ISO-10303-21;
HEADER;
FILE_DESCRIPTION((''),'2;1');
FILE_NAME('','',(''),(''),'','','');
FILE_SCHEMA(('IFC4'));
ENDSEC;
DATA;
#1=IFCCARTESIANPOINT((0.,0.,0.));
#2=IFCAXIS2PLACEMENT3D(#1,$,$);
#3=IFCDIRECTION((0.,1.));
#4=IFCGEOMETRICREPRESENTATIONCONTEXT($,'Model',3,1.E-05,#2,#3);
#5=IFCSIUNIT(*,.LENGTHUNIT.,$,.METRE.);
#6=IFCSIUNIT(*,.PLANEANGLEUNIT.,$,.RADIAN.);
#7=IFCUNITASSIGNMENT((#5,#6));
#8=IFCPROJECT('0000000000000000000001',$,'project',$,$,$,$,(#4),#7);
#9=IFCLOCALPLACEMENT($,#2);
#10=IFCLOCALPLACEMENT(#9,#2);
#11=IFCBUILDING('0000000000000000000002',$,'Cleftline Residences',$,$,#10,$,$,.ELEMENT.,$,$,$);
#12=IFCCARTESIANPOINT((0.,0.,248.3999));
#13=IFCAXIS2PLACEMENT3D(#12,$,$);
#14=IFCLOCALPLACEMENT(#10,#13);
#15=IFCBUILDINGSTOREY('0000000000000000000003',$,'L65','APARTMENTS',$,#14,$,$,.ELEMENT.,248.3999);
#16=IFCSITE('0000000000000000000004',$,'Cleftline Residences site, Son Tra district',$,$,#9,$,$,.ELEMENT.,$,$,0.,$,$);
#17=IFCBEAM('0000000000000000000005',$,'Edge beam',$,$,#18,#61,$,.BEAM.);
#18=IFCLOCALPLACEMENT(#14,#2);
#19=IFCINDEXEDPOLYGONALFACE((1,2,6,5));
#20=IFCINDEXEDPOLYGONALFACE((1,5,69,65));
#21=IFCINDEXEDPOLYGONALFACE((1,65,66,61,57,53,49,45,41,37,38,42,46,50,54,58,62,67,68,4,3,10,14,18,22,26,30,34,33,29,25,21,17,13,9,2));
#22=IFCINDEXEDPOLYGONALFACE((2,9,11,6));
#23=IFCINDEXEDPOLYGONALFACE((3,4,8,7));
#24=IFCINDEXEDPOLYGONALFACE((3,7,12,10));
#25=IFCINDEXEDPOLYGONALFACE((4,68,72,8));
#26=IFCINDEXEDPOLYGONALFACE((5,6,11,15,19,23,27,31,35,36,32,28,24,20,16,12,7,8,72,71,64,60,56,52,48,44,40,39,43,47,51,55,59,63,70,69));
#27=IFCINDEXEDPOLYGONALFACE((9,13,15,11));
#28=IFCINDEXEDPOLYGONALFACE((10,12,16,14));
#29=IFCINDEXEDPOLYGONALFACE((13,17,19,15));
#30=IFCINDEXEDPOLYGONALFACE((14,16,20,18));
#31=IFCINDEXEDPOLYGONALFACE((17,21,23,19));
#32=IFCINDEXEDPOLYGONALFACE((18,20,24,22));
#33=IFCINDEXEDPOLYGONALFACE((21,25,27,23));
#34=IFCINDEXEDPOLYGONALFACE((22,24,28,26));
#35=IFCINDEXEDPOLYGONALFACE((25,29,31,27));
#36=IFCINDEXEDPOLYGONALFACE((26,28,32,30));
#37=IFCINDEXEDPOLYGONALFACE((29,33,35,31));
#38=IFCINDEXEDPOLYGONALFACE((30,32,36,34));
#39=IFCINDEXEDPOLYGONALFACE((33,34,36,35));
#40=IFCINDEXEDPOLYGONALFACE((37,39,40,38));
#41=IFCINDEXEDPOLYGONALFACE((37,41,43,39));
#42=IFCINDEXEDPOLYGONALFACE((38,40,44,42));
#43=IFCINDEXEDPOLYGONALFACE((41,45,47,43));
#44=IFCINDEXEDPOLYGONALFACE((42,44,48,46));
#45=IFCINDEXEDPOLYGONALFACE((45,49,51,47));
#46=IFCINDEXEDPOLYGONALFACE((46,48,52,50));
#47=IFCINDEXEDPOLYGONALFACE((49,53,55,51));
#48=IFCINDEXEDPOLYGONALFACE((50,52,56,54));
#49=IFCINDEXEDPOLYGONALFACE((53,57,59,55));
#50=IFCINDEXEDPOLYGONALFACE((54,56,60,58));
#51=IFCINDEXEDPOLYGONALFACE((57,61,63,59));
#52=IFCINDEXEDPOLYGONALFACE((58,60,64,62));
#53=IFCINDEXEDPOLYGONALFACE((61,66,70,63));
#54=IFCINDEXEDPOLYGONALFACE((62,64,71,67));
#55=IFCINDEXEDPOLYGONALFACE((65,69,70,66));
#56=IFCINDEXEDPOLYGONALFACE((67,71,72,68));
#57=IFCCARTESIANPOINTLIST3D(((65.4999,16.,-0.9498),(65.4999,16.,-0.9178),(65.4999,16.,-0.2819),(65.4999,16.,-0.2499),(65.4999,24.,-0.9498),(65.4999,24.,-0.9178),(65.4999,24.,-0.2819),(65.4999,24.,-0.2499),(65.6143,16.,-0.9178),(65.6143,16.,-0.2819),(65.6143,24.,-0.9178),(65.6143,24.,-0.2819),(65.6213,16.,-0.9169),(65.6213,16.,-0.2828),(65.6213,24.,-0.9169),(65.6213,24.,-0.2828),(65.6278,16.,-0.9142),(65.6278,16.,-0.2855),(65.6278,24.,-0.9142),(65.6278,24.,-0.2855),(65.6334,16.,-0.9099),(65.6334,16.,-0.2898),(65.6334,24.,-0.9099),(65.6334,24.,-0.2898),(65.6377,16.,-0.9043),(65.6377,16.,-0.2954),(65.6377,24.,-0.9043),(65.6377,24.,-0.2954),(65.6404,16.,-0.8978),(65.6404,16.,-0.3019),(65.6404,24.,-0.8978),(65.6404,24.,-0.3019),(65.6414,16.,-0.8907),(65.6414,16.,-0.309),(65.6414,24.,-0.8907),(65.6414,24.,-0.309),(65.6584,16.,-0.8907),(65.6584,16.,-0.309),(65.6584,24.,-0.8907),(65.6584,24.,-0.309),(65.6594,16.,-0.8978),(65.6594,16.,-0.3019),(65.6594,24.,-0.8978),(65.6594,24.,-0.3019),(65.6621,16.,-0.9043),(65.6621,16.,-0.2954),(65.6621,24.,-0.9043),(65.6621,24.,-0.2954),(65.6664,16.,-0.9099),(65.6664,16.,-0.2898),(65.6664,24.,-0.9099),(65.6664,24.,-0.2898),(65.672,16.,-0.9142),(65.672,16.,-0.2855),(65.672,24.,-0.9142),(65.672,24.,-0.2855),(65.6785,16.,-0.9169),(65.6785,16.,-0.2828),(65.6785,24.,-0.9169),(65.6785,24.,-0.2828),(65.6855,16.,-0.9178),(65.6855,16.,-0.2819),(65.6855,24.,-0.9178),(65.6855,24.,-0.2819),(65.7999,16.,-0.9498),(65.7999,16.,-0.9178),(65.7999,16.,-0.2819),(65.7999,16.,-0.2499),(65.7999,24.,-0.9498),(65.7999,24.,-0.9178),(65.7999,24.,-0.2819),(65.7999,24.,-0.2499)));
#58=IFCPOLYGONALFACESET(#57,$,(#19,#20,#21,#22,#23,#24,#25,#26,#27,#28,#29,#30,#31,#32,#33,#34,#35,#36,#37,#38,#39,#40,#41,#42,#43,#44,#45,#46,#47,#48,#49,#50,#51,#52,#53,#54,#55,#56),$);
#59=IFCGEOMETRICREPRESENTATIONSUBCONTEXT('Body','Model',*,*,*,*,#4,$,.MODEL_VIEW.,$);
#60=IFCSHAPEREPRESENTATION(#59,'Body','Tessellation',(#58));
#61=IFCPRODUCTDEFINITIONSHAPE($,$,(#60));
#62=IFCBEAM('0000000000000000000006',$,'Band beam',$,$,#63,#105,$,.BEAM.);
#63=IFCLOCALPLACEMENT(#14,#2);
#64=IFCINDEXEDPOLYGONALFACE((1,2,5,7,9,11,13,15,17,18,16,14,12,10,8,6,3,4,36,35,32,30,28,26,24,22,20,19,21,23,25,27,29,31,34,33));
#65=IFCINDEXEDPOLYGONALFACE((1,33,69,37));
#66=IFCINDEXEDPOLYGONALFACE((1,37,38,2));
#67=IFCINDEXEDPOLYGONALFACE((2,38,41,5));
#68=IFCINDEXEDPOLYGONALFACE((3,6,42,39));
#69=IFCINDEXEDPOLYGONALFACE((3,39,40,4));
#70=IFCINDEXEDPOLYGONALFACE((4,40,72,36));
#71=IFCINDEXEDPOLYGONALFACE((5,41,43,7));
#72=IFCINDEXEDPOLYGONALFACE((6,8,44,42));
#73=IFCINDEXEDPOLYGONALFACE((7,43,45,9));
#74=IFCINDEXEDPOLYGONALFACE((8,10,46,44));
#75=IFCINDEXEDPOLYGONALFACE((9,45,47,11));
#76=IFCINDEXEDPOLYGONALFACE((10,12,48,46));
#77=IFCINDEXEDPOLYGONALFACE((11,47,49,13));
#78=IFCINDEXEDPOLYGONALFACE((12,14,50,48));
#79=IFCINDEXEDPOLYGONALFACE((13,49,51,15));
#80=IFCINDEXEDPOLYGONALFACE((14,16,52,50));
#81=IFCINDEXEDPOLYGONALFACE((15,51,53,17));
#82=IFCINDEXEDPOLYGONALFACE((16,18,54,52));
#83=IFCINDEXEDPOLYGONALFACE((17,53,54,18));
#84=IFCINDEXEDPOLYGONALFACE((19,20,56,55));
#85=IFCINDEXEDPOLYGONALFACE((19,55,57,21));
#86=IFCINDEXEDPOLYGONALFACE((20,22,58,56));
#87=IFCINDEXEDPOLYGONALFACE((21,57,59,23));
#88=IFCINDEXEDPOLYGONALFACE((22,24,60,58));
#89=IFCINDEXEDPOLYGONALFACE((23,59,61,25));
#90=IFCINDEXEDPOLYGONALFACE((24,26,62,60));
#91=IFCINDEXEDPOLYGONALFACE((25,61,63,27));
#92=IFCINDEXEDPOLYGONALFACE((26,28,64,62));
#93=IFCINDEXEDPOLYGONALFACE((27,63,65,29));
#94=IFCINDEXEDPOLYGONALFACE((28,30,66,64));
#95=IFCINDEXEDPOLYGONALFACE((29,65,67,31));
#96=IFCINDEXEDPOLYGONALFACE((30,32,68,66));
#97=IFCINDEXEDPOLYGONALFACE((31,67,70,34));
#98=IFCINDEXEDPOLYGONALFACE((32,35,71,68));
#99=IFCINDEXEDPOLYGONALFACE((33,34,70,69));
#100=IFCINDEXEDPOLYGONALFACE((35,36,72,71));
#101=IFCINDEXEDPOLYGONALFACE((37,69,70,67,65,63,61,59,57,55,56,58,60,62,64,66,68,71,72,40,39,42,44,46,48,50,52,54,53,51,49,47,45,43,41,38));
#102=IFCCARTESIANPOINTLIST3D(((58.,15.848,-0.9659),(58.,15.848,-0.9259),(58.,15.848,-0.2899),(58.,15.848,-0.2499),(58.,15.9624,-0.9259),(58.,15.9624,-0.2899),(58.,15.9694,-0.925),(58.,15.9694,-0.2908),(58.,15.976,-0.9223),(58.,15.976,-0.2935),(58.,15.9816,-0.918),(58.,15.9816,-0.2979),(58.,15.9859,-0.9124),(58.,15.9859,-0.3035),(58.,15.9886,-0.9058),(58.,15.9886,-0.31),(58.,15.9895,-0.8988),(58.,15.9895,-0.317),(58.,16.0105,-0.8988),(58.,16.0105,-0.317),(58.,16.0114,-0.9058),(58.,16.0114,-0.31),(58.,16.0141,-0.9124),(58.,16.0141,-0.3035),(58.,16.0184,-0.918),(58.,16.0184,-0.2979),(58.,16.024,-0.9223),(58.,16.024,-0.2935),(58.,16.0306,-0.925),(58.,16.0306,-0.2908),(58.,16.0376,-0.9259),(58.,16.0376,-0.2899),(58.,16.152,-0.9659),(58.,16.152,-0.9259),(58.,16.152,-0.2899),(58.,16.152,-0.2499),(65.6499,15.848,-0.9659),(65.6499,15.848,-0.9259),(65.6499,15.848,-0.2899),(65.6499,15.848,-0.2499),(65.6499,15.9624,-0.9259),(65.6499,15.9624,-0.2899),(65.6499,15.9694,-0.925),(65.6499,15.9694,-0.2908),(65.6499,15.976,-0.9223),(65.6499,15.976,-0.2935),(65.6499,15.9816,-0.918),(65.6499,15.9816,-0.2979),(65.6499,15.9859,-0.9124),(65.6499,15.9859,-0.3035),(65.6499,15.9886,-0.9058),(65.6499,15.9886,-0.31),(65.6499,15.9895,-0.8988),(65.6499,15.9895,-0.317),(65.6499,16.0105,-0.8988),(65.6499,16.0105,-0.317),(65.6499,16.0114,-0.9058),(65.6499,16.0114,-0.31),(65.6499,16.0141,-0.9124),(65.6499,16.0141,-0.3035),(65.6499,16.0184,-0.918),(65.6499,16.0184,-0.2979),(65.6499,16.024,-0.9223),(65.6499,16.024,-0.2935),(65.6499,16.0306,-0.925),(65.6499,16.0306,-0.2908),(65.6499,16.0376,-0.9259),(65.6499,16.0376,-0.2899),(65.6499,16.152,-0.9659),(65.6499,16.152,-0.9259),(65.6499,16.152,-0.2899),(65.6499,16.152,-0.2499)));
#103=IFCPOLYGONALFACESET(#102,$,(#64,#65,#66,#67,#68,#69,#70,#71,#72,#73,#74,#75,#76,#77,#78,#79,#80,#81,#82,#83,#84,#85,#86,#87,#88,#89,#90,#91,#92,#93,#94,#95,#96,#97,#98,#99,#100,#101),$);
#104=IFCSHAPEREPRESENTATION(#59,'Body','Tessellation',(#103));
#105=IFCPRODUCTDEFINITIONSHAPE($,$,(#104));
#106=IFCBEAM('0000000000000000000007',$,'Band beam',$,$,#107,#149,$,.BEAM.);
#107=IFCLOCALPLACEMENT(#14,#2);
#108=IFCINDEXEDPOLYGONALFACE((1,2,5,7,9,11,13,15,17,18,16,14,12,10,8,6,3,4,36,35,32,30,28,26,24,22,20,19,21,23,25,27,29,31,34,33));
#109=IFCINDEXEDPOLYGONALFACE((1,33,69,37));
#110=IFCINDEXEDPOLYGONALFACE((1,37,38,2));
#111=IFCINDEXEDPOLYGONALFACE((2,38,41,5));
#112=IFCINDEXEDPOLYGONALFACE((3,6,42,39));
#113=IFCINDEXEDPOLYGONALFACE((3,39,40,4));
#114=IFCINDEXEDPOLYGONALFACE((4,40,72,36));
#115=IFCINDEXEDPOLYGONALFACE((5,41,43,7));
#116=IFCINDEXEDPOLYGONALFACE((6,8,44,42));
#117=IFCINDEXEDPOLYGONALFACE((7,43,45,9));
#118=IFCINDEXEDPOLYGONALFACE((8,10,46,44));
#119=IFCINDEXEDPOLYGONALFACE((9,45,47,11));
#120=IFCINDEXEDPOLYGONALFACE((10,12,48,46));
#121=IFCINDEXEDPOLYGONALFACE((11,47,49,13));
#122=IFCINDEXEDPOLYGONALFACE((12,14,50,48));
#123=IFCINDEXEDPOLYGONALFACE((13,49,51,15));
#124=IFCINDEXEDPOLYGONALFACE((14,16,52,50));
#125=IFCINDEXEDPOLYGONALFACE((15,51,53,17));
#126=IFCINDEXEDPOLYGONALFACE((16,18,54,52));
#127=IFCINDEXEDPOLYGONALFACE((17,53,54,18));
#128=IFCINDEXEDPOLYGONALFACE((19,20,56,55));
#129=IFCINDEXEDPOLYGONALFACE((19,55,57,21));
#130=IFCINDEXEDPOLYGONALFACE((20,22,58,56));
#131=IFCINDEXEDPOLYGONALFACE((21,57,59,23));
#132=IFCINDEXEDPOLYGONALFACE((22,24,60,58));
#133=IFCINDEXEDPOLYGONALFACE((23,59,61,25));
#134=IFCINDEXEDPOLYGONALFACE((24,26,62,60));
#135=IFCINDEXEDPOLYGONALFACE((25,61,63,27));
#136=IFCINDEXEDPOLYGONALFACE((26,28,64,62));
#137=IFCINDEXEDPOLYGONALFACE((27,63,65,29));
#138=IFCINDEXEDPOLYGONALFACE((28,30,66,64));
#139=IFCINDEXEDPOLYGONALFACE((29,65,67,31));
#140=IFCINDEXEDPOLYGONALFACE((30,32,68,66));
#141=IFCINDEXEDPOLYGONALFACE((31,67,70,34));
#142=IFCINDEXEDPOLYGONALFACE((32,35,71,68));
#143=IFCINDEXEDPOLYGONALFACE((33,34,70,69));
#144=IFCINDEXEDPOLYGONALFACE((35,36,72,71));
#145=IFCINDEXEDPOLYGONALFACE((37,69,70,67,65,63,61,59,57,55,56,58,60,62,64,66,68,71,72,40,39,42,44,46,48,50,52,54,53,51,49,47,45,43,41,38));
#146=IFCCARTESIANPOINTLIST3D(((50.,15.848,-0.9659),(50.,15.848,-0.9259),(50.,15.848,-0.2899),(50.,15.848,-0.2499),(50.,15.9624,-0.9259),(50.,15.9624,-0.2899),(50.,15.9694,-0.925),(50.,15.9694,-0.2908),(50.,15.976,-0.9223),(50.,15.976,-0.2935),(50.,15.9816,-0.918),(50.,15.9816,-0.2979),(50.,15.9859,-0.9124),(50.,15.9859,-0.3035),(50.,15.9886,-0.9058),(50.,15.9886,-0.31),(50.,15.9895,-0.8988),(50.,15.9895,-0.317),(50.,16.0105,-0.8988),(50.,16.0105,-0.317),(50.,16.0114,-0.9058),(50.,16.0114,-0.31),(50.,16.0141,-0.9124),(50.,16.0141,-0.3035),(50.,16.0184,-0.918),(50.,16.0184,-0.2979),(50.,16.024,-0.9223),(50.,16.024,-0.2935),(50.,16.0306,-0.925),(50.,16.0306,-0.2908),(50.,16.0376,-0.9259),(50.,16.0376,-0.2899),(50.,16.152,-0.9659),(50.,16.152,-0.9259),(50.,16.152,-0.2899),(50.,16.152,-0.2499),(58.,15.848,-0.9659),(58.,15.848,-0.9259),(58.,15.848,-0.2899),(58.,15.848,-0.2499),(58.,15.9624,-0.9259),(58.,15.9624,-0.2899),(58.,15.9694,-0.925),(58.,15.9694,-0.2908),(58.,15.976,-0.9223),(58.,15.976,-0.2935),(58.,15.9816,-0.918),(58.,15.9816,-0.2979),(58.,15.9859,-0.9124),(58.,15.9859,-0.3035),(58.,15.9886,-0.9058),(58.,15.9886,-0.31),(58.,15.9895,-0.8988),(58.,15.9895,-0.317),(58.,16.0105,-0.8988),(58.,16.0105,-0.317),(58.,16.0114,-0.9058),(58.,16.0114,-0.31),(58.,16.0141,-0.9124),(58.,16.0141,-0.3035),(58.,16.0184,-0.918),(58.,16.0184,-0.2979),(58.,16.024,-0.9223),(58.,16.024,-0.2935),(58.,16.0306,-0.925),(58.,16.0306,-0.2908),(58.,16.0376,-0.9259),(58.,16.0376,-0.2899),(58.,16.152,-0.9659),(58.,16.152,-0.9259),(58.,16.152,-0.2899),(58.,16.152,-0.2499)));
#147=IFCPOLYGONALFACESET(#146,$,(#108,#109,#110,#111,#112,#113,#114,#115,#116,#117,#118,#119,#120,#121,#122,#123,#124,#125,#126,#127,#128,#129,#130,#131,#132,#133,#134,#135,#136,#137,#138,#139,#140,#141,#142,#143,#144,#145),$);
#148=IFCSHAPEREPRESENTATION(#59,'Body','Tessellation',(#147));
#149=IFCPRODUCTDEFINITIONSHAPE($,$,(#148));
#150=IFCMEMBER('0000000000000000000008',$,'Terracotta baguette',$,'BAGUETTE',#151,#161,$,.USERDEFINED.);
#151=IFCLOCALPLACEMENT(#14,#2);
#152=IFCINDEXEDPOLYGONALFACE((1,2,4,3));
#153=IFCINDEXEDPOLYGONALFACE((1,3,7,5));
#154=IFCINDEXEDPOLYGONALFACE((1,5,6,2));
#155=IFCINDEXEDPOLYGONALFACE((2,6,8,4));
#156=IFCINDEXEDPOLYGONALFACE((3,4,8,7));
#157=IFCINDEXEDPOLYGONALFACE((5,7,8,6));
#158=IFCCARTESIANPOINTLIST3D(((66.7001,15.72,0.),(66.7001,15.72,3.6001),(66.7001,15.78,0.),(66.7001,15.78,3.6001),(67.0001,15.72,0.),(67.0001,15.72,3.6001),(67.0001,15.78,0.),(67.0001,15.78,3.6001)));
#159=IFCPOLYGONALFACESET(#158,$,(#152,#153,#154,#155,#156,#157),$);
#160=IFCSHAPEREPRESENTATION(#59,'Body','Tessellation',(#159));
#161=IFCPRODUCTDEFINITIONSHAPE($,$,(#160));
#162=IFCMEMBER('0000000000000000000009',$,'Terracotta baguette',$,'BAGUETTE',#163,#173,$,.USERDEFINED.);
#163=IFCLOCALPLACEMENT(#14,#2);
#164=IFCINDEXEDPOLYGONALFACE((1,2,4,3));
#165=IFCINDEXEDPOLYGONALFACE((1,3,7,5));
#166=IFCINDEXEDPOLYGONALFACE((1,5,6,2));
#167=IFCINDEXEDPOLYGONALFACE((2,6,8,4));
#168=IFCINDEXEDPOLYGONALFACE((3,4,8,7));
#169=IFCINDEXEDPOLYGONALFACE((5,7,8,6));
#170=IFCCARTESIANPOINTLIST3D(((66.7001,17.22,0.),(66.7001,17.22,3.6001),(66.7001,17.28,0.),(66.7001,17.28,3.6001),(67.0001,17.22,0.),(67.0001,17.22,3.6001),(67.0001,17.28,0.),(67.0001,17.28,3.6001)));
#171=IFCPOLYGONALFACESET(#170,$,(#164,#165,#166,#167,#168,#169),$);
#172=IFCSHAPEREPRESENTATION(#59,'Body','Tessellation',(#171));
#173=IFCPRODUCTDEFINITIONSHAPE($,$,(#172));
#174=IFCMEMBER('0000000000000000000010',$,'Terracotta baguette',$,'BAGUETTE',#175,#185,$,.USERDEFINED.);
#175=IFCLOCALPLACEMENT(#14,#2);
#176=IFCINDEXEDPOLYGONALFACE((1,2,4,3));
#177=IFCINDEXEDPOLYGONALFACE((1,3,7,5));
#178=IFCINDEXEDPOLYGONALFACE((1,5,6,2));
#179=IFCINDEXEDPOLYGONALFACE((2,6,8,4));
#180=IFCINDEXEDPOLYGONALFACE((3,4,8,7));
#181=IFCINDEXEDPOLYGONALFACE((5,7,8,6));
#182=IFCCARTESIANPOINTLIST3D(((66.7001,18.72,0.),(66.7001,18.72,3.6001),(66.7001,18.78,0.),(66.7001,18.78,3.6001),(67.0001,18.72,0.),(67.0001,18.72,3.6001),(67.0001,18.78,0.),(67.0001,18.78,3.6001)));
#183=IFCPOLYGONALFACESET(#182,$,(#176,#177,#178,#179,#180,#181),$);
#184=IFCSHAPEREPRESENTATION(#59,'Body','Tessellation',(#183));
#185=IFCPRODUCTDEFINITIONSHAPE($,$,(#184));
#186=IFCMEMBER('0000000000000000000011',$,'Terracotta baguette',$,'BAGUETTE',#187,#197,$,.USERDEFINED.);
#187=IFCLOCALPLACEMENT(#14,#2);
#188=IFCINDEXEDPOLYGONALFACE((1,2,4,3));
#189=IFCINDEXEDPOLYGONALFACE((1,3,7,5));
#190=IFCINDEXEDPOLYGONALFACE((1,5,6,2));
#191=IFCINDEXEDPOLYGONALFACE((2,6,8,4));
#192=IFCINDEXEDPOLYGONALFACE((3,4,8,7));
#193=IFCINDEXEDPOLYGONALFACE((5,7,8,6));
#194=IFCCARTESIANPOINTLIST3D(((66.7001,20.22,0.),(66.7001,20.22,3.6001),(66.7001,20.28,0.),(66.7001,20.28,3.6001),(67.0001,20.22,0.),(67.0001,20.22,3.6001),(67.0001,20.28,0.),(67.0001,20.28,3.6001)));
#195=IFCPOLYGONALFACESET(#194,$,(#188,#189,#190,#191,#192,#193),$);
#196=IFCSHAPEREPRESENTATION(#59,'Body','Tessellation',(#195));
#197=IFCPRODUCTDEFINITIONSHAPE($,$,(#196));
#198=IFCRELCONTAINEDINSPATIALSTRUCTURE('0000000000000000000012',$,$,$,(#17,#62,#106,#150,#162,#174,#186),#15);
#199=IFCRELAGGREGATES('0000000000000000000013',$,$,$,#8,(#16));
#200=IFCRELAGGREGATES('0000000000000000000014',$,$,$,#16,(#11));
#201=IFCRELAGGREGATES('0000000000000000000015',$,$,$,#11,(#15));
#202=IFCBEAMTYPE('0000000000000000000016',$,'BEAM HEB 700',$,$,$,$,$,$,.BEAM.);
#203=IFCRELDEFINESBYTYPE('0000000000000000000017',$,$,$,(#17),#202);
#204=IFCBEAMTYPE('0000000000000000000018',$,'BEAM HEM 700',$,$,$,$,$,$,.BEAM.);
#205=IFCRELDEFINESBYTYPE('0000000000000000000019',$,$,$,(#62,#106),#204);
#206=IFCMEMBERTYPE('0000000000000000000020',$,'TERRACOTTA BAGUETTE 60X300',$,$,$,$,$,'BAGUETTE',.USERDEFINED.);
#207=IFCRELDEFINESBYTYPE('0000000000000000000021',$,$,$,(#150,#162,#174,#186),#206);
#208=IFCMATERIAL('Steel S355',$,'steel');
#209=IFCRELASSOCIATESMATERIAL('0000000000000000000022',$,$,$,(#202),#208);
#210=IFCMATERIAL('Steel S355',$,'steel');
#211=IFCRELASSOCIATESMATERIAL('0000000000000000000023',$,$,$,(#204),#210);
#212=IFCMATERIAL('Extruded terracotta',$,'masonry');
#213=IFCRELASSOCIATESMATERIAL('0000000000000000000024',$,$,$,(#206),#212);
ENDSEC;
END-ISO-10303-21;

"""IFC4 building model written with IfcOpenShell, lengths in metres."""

from ifc_helpers import new_model, si_unit, direction, frame, origin, origin_2d, place, context, subcontext, project, spatial, rectangle, i_section, extrude, material, material_profile, profile_set, type_object, element, save


model = new_model("IFC4")

# Units and contexts
model_context = context("Model", 3, precision=1e-05, world=origin(), true_north=direction((0.0, 1.0)))
body_context = subcontext(model_context, "Body", "Model", "MODEL_VIEW")
ifc_project = project(units=[si_unit("LENGTHUNIT", "METRE"), si_unit("PLANEANGLEUNIT", "RADIAN")], contexts=[model_context])

# Site, building, storey
site_placement = place(None, origin())
site = spatial("IfcSite", under=ifc_project, at=site_placement, Name="Cleftline Residences site, Son Tra district", CompositionType="ELEMENT", RefElevation=0.0)
building_placement = place(site_placement, origin())
building = spatial("IfcBuilding", under=site, at=building_placement, Name="Cleftline Residences", CompositionType="ELEMENT")
storey_placement = place(building_placement, frame((0.0, 0.0, 248.3999)))
storey = spatial("IfcBuildingStorey", under=building, at=storey_placement, Name="L65", Description="APARTMENTS", CompositionType="ELEMENT", Elevation=248.3999)

# Beams
ifc_material_1 = material(Name="Steel S355", Category="steel")
ifc_material_profile_1 = material_profile(ifc_material_1, i_section(OverallWidth=0.3, OverallDepth=0.7, WebThickness=0.0171, FlangeThickness=0.032, FilletRadius=0.0271, at=origin_2d()))
ifc_profile_set_1 = profile_set([ifc_material_profile_1], Name="Steel S355")
beam_type_1 = type_object("IfcBeamType", Name="BEAM HEB 700", PredefinedType="BEAM", material=ifc_profile_set_1)
beam_1_placement = place(storey_placement, frame((65.6499, 16.0, -0.5999), z_axis=(0.0, 1.0, 0.0), x_axis=(-1.0, 0.0, 0.0)))
element("IfcBeam", 1, at=beam_1_placement, inside=storey, type_object=beam_type_1, Name="Edge beam", PredefinedType="BEAM", context=body_context, shape_type="SweptSolid", body=[
    extrude(i_section(OverallWidth=0.3, OverallDepth=0.7, WebThickness=0.0171, FlangeThickness=0.032, FilletRadius=0.0271, at=origin_2d()), origin(), (0.0, 0.0, 1.0), 8.0),
])
ifc_material_2 = material(Name="Steel S355", Category="steel")
ifc_material_profile_2 = material_profile(ifc_material_2, i_section(OverallWidth=0.304, OverallDepth=0.7161, WebThickness=0.021, FlangeThickness=0.04, FilletRadius=0.0271, at=origin_2d()))
ifc_profile_set_2 = profile_set([ifc_material_profile_2], Name="Steel S355")
beam_type_2 = type_object("IfcBeamType", Name="BEAM HEM 700", PredefinedType="BEAM", material=ifc_profile_set_2)
beam_2_placement = place(storey_placement, frame((65.6499, 16.0, -0.6079), z_axis=(-1.0, 0.0, 0.0), x_axis=(0.0, -1.0, 0.0)))
element("IfcBeam", 2, at=beam_2_placement, inside=storey, type_object=beam_type_2, Name="Band beam", PredefinedType="BEAM", context=body_context, shape_type="SweptSolid", body=[
    extrude(i_section(OverallWidth=0.304, OverallDepth=0.7161, WebThickness=0.021, FlangeThickness=0.04, FilletRadius=0.0271, at=origin_2d()), origin(), (0.0, 0.0, 1.0), 7.6499),
])
beam_3_placement = place(storey_placement, frame((58.0, 16.0, -0.6079), z_axis=(-1.0, 0.0, 0.0), x_axis=(0.0, -1.0, 0.0)))
element("IfcBeam", 3, at=beam_3_placement, inside=storey, type_object=beam_type_2, Name="Band beam", PredefinedType="BEAM", context=body_context, shape_type="SweptSolid", body=[
    extrude(i_section(OverallWidth=0.304, OverallDepth=0.7161, WebThickness=0.021, FlangeThickness=0.04, FilletRadius=0.0271, at=origin_2d()), origin(), (0.0, 0.0, 1.0), 8.0),
])

# Members
ifc_material_3 = material(Name="Extruded terracotta", Category="masonry")
ifc_material_profile_3 = material_profile(ifc_material_3, rectangle(XDim=0.0601, YDim=0.3, at=origin_2d()))
ifc_profile_set_3 = profile_set([ifc_material_profile_3], Name="Extruded terracotta")
member_type_1 = type_object("IfcMemberType", Name="TERRACOTTA BAGUETTE 60X300", ElementType="BAGUETTE", PredefinedType="USERDEFINED", material=ifc_profile_set_3)
for number, where, z_axis, x_axis, name in (
    (4, (66.8501, 15.75, 0.0), (0.0, 0.0, 1.0), (0.0, 1.0, 0.0), "Terracotta baguette"),
    (5, (66.8501, 17.25, 0.0), (0.0, 0.0, 1.0), (0.0, 1.0, 0.0), "Terracotta baguette"),
    (6, (66.8501, 18.75, 0.0), (0.0, 0.0, 1.0), (0.0, 1.0, 0.0), "Terracotta baguette"),
    (7, (66.8501, 20.25, 0.0), (0.0, 0.0, 1.0), (0.0, 1.0, 0.0), "Terracotta baguette"),
):
    element("IfcMember", number, at=place(storey_placement, frame(where, z_axis=z_axis, x_axis=x_axis)), inside=storey, type_object=member_type_1, Name=name, ObjectType="BAGUETTE", PredefinedType="USERDEFINED", context=body_context, shape_type="SweptSolid", body=[
        extrude(rectangle(XDim=0.0601, YDim=0.3, at=origin_2d()), origin(), (0.0, 0.0, 1.0), 3.6001),
    ])

save(model, "model.ifc")
